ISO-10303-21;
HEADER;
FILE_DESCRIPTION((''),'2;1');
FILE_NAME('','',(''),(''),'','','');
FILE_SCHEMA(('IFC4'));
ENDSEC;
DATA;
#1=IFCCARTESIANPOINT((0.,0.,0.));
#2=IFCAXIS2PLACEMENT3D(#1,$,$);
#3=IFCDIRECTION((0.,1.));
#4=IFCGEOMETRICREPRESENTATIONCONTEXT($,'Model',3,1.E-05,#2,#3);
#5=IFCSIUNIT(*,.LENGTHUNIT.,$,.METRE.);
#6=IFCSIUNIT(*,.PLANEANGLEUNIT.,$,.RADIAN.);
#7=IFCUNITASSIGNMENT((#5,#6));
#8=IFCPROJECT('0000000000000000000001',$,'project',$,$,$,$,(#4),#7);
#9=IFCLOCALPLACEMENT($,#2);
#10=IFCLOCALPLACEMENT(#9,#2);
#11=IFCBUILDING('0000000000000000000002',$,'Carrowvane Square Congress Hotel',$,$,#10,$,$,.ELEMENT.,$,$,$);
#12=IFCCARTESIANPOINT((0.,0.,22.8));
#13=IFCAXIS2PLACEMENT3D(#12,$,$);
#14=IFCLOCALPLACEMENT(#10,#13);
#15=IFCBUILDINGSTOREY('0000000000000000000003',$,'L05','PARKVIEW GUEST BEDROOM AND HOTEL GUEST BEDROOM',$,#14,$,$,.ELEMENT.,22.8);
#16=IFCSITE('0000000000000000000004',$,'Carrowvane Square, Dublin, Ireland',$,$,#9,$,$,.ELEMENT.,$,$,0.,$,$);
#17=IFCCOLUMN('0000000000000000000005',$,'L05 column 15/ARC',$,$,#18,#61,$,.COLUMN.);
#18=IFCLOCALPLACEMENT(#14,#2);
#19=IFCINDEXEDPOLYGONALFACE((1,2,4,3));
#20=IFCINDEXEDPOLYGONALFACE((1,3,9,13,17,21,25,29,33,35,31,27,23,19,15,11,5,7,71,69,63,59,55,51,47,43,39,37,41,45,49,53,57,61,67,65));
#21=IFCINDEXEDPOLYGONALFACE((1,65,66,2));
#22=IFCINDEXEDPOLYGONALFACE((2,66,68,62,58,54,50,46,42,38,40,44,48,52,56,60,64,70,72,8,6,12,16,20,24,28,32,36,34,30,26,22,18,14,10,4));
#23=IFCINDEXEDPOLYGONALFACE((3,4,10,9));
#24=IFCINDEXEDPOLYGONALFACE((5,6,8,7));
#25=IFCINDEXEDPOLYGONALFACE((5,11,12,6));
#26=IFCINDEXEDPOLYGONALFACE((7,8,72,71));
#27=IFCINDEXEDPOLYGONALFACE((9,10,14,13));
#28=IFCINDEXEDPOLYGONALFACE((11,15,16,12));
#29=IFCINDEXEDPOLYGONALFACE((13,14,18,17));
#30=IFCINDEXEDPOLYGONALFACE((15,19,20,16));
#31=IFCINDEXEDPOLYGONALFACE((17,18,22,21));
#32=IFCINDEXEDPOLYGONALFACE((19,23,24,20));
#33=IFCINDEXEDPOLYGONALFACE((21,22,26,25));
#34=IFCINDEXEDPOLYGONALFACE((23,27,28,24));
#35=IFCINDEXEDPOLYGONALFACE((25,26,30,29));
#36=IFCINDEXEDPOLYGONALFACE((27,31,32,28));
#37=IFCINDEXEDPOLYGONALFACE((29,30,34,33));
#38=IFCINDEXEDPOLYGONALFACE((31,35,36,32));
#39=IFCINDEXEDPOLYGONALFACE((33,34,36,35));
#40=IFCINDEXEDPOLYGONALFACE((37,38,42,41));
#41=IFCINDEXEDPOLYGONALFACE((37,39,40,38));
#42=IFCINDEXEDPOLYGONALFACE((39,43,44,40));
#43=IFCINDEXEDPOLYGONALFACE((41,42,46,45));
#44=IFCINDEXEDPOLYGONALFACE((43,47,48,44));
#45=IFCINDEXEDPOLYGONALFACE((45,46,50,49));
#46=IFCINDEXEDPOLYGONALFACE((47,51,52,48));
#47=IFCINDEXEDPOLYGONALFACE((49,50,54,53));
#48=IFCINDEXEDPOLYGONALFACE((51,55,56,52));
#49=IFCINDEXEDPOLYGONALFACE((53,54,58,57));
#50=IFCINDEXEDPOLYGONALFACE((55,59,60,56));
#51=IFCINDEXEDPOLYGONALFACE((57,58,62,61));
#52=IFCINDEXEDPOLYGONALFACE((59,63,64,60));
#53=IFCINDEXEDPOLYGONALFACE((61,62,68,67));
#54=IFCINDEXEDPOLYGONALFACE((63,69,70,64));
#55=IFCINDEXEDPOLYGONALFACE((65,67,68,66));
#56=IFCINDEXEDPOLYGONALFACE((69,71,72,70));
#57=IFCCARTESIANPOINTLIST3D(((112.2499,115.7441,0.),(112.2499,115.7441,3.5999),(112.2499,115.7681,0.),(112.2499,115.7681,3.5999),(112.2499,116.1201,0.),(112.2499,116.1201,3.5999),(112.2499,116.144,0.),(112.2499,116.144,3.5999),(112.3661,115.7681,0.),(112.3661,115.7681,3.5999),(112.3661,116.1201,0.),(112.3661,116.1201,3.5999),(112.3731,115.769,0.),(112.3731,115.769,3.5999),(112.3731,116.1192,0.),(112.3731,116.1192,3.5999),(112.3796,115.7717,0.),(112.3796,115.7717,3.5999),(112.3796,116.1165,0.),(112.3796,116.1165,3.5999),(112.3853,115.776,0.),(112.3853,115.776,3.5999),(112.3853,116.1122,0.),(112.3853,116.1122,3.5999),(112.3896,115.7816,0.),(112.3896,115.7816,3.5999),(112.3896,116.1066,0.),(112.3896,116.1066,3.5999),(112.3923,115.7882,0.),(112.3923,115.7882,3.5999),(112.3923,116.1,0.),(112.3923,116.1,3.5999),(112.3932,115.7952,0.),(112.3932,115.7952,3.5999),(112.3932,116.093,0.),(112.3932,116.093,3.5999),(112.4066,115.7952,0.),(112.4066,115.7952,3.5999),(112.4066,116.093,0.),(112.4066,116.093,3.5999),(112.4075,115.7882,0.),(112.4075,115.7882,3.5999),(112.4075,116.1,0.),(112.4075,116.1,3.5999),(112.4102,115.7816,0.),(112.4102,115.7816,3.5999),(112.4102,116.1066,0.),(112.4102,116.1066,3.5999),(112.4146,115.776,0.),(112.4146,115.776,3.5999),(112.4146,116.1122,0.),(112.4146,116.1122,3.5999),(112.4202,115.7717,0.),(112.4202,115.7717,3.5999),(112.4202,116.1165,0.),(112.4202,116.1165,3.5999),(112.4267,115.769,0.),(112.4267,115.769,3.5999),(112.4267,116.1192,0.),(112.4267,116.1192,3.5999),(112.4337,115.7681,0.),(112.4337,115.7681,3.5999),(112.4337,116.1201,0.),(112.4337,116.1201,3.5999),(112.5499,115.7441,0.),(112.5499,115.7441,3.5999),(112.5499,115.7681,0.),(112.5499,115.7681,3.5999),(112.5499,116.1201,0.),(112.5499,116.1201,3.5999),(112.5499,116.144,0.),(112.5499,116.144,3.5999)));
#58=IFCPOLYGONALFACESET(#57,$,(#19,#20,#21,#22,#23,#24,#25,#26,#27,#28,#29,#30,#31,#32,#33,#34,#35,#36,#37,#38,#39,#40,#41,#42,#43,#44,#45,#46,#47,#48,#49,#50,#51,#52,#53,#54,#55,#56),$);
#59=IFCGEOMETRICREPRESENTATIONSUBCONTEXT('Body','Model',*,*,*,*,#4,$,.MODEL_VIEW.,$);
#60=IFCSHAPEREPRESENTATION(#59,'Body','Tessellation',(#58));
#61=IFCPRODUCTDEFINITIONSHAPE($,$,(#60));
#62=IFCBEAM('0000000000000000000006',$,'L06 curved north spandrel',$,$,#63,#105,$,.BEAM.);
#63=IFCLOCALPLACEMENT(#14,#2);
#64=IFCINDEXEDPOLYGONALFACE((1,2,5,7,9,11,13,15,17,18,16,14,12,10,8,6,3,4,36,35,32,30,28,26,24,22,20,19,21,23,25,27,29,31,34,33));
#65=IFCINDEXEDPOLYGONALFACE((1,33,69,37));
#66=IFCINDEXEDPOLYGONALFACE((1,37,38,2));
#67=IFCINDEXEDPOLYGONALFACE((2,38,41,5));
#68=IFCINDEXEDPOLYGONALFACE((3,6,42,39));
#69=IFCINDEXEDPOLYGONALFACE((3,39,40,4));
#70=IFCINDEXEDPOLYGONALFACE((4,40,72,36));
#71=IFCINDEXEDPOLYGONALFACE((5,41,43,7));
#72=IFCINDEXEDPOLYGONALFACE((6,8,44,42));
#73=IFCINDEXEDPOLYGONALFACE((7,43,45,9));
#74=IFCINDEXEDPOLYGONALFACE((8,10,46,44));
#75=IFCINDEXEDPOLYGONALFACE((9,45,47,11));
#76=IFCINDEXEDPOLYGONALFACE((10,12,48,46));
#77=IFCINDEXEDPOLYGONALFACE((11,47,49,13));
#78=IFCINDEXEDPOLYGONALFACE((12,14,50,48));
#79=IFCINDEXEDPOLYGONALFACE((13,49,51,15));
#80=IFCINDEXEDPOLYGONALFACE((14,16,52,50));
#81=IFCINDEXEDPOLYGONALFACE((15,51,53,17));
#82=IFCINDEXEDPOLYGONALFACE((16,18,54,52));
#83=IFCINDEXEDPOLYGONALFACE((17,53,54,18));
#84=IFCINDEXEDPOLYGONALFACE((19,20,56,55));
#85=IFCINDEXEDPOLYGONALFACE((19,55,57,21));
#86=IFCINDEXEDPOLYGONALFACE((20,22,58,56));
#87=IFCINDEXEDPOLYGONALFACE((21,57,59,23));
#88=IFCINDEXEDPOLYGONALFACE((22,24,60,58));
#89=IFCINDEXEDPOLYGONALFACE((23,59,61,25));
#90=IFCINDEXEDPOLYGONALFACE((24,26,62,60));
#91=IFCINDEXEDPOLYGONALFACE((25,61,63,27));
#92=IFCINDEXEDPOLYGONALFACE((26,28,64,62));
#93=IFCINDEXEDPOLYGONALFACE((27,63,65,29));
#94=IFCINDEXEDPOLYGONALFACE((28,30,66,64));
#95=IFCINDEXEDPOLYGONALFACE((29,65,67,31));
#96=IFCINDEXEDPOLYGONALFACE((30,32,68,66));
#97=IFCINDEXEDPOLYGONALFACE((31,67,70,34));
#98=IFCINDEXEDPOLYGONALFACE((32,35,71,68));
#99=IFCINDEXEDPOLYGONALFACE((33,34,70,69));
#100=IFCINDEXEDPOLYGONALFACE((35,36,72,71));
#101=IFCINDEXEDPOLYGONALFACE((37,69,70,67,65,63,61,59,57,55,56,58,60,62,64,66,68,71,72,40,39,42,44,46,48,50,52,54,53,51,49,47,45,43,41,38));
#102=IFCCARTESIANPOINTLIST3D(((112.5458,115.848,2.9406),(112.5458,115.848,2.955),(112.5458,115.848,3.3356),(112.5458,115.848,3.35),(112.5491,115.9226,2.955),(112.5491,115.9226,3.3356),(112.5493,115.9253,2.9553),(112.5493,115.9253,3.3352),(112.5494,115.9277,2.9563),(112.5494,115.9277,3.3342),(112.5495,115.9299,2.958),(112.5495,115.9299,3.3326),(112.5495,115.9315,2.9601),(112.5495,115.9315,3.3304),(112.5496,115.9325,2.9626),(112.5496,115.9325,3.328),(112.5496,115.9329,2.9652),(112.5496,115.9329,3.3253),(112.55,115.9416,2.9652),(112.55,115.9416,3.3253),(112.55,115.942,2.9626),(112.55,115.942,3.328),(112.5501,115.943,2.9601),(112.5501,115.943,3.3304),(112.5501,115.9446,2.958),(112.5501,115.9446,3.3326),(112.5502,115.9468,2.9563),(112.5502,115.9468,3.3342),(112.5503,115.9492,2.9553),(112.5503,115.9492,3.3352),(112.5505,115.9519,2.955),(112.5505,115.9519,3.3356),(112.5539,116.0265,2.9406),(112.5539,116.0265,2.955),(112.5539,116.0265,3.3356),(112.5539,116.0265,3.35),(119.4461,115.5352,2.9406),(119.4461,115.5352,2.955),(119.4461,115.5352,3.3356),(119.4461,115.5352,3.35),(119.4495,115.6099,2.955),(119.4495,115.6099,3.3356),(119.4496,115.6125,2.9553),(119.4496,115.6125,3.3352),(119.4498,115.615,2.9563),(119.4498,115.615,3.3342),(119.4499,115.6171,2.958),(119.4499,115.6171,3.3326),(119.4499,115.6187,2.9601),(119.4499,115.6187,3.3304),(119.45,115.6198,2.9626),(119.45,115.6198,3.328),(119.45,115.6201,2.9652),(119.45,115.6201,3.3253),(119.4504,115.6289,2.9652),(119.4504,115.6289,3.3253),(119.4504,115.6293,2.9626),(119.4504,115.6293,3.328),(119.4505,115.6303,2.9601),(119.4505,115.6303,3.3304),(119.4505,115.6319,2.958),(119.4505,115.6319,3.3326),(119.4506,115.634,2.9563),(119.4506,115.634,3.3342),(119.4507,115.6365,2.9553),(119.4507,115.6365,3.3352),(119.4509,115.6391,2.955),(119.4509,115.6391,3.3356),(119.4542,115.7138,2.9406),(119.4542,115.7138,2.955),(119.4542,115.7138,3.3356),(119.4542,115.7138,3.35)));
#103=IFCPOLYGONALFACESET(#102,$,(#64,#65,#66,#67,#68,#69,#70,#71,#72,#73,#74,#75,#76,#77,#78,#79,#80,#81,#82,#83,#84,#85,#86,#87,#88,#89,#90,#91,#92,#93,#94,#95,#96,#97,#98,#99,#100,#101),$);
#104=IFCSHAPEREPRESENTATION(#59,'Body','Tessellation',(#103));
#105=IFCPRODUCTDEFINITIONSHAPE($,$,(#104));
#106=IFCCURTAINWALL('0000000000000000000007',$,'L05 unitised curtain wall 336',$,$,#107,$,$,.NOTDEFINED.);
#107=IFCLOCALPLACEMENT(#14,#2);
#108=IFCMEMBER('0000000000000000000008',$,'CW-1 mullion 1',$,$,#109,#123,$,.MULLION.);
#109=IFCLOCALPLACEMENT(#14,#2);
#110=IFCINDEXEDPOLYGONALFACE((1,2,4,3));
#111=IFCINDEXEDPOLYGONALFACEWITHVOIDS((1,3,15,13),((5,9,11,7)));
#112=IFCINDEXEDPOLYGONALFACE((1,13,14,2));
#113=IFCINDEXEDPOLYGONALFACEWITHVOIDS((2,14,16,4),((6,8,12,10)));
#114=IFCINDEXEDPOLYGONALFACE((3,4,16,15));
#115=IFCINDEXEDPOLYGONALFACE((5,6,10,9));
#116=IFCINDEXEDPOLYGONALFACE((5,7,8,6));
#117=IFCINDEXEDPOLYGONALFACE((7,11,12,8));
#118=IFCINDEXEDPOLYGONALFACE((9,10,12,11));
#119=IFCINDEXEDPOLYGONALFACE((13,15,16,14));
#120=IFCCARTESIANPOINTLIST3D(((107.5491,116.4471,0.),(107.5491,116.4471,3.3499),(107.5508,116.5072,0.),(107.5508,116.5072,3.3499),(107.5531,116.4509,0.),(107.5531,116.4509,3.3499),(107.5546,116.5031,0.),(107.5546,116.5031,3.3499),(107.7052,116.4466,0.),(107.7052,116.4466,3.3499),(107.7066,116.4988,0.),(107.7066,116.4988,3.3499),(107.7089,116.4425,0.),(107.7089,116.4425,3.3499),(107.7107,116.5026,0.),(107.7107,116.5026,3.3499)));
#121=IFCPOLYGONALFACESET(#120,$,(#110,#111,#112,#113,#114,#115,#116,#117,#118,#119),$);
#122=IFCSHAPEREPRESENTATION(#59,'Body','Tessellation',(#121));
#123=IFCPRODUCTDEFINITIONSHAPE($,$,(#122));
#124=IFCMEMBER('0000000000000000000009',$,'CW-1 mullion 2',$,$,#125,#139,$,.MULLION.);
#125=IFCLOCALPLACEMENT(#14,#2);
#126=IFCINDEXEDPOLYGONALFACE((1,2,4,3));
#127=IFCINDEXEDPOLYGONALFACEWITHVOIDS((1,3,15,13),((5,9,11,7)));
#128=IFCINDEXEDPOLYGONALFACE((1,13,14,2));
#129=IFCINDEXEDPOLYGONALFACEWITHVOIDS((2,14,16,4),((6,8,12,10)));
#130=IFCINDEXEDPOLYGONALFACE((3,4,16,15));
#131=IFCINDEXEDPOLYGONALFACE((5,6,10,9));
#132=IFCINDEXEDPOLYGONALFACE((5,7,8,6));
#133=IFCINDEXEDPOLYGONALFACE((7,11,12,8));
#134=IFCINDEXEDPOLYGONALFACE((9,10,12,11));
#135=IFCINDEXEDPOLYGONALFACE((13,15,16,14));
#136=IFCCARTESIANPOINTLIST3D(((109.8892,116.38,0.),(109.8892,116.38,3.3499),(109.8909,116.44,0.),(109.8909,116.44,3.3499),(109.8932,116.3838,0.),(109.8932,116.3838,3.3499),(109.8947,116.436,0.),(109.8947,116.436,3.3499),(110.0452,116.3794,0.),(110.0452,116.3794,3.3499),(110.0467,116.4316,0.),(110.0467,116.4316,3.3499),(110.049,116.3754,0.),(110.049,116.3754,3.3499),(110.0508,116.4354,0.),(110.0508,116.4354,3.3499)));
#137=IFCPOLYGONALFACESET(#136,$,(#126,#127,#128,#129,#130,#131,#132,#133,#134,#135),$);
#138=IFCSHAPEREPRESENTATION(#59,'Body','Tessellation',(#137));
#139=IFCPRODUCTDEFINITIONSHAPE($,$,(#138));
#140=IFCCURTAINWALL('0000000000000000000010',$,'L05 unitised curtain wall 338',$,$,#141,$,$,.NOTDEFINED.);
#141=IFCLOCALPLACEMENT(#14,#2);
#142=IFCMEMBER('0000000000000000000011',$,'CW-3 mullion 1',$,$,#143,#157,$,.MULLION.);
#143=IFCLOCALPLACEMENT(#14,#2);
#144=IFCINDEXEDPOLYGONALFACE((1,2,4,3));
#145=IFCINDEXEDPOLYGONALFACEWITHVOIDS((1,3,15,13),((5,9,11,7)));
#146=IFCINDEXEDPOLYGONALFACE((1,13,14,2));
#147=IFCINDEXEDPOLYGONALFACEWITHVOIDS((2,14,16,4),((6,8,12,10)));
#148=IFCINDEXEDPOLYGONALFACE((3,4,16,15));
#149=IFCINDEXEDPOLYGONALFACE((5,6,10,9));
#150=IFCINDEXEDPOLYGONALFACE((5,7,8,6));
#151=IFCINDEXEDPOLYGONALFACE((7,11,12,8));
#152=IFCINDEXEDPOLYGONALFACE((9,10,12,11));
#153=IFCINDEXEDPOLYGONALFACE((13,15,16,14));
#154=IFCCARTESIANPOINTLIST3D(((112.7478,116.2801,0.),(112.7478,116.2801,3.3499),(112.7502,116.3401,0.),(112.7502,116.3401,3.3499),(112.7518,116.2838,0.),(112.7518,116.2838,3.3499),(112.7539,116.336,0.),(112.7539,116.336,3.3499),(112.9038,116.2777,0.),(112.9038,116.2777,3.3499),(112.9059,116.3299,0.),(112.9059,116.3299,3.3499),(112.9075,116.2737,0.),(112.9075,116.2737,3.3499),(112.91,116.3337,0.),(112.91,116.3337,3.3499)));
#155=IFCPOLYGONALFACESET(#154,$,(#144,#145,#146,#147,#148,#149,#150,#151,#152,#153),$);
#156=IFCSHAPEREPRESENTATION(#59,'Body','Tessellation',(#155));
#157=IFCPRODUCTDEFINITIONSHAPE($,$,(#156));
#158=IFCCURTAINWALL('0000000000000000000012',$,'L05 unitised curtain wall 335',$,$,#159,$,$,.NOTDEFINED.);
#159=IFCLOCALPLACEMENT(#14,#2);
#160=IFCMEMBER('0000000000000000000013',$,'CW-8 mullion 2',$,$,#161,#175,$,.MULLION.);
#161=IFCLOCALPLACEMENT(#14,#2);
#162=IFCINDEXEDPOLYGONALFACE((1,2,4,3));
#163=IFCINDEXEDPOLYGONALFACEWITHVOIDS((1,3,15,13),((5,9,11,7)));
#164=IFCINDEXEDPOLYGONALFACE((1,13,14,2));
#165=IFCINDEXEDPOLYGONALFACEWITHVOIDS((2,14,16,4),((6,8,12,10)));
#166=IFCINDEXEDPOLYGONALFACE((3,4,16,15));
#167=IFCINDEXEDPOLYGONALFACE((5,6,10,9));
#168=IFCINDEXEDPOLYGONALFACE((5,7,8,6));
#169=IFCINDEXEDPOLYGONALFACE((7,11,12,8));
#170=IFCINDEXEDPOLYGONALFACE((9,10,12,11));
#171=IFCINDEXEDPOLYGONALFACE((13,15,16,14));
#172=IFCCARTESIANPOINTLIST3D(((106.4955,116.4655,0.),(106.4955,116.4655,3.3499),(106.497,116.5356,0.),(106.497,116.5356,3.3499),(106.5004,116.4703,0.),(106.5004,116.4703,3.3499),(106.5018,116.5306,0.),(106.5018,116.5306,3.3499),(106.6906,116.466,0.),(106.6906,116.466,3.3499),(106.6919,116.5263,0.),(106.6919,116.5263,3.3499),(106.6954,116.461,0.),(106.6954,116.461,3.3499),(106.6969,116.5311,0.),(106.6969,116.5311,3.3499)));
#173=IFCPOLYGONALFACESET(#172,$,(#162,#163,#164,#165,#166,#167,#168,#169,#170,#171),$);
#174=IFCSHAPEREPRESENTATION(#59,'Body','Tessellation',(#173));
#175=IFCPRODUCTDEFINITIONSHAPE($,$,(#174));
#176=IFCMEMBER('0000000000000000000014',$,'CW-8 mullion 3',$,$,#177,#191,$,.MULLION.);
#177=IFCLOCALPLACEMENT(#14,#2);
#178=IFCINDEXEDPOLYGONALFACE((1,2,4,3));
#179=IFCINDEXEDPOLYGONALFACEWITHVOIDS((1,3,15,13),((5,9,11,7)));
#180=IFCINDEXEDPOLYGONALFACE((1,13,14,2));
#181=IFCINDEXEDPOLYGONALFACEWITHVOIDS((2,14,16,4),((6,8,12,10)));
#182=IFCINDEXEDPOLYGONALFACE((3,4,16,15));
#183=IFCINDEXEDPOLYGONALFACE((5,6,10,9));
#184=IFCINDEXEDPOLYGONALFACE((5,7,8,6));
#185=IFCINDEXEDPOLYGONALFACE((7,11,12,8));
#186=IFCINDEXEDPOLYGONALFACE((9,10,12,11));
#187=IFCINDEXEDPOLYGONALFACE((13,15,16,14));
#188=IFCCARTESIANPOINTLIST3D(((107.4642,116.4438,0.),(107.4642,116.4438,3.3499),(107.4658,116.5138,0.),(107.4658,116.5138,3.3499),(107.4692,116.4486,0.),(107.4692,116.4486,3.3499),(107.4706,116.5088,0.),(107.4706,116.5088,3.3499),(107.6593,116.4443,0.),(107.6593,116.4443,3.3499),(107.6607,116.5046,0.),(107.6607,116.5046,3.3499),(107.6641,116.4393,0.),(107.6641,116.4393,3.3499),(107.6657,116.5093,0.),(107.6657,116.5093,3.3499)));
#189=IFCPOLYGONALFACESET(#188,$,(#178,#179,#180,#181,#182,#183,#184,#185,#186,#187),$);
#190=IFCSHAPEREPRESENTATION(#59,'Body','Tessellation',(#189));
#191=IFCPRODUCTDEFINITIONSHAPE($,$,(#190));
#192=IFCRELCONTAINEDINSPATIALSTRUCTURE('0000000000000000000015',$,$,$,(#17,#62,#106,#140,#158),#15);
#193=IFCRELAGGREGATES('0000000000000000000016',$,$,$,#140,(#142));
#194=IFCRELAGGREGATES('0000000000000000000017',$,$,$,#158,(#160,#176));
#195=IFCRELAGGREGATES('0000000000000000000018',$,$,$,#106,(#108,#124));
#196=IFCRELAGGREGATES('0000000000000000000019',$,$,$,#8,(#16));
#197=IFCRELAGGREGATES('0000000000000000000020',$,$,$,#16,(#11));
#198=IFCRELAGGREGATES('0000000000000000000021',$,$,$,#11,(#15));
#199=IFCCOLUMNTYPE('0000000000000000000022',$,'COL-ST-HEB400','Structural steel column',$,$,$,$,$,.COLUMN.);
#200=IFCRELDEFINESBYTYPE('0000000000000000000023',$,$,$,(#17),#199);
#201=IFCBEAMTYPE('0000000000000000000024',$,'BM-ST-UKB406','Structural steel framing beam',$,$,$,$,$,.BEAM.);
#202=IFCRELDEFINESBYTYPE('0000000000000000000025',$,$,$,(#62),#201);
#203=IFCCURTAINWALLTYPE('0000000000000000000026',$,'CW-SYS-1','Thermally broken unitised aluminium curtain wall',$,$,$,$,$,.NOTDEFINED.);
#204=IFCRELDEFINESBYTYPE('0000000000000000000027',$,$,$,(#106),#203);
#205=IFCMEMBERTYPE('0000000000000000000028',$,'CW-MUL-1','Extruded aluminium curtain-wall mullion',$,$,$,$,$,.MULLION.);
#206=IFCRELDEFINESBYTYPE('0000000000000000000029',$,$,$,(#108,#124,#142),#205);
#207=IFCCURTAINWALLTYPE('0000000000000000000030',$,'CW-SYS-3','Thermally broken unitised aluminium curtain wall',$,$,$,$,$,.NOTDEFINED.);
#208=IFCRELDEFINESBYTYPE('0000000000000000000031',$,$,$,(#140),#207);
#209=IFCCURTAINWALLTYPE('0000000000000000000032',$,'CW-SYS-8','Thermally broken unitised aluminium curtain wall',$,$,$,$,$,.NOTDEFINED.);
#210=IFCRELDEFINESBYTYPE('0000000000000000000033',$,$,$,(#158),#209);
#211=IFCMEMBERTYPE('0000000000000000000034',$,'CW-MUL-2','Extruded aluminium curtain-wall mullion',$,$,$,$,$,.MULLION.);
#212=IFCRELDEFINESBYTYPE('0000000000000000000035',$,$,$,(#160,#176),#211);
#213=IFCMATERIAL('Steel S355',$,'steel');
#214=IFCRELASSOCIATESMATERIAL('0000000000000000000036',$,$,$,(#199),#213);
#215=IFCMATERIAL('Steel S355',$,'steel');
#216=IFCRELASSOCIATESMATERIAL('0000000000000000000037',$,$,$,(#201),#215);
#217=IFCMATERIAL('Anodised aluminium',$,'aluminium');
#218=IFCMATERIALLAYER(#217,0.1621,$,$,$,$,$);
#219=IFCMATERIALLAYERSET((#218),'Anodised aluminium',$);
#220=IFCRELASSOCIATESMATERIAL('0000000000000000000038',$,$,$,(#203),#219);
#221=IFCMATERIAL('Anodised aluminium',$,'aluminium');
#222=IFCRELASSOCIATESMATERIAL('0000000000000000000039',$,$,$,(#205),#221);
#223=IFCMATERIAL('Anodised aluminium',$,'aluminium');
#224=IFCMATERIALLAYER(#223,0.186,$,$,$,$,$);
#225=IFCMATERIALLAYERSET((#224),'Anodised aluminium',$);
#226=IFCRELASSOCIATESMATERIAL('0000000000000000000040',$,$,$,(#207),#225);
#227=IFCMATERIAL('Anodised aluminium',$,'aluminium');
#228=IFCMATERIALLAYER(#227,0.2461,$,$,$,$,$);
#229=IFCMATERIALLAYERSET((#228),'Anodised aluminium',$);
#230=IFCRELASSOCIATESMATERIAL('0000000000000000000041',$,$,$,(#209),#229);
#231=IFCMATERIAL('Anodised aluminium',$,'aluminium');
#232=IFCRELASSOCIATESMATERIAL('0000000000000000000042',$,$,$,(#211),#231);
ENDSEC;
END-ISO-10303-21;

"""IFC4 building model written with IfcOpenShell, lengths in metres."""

from ifc_helpers import new_model, si_unit, direction, frame, origin, origin_2d, place, context, subcontext, project, spatial, hollow_rectangle, i_section, extrude, material, layer, layer_set, material_profile, profile_set, type_object, element, aggregate, save


model = new_model("IFC4")

# Units and contexts
model_context = context("Model", 3, precision=1e-05, world=origin(), true_north=direction((0.0, 1.0)))
body_context = subcontext(model_context, "Body", "Model", "MODEL_VIEW")
ifc_project = project(units=[si_unit("LENGTHUNIT", "METRE"), si_unit("PLANEANGLEUNIT", "RADIAN")], contexts=[model_context])

# Site, building, storey
site_placement = place(None, origin())
site = spatial("IfcSite", under=ifc_project, at=site_placement, Name="Carrowvane Square, Dublin, Ireland", CompositionType="ELEMENT", RefElevation=0.0)
building_placement = place(site_placement, origin())
building = spatial("IfcBuilding", under=site, at=building_placement, Name="Carrowvane Square Congress Hotel", CompositionType="ELEMENT")
storey_placement = place(building_placement, frame((0.0, 0.0, 22.8)))
storey = spatial("IfcBuildingStorey", under=building, at=storey_placement, Name="L05", Description="PARKVIEW GUEST BEDROOM AND HOTEL GUEST BEDROOM", CompositionType="ELEMENT", Elevation=22.8)

# Column
ifc_material_1 = material(Name="Steel S355", Category="steel")
ifc_material_profile_1 = material_profile(ifc_material_1, i_section(OverallWidth=0.3, OverallDepth=0.3999, WebThickness=0.0134, FlangeThickness=0.0239, FilletRadius=0.0271, at=origin_2d()), Name="HEB 400")
ifc_profile_set_1 = profile_set([ifc_material_profile_1], Name="Steel S355")
column_type = type_object("IfcColumnType", Name="COL-ST-HEB400", Description="Structural steel column", PredefinedType="COLUMN", material=ifc_profile_set_1)
column_placement = place(storey_placement, frame((112.3999, 115.9441, 0.0), z_axis=(0.0, 0.0, 1.0), x_axis=(1.0, 0.0, 0.0)))
element("IfcColumn", 1, at=column_placement, inside=storey, type_object=column_type, Name="L05 column 15/ARC", PredefinedType="COLUMN", context=body_context, shape_type="SweptSolid", body=[
    extrude(i_section(OverallWidth=0.3, OverallDepth=0.3999, WebThickness=0.0134, FlangeThickness=0.0239, FilletRadius=0.0271, at=origin_2d()), origin(), (0.0, 0.0, 1.0), 3.5999),
])

# Beam
ifc_material_2 = material(Name="Steel S355", Category="steel")
ifc_material_profile_2 = material_profile(ifc_material_2, i_section(OverallWidth=0.1787, OverallDepth=0.4094, WebThickness=0.0088, FlangeThickness=0.0144, FilletRadius=0.0103, at=origin_2d()), Name="UKB 406x178x67")
ifc_profile_set_2 = profile_set([ifc_material_profile_2], Name="Steel S355")
beam_type = type_object("IfcBeamType", Name="BM-ST-UKB406", Description="Structural steel framing beam", PredefinedType="BEAM", material=ifc_profile_set_2)
beam_placement = place(storey_placement, frame((112.5498, 115.9373, 3.1453), z_axis=(0.998975, -0.045276, 0.0), x_axis=(0.045276, 0.998975, 0.0)))
element("IfcBeam", 2, at=beam_placement, inside=storey, type_object=beam_type, Name="L06 curved north spandrel", PredefinedType="BEAM", context=body_context, shape_type="SweptSolid", body=[
    extrude(i_section(OverallWidth=0.1787, OverallDepth=0.4094, WebThickness=0.0088, FlangeThickness=0.0144, FilletRadius=0.0103, at=origin_2d()), origin(), (0.0, 0.0, 1.0), 6.9075),
])

# Curtain wall, members
ifc_material_3 = material(Name="Anodised aluminium", Category="aluminium")
ifc_layer_1 = layer(ifc_material_3, 0.1621)
ifc_layer_set_1 = layer_set([ifc_layer_1], Name="Anodised aluminium")
curtain_wall_type_1 = type_object("IfcCurtainWallType", Name="CW-SYS-1", Description="Thermally broken unitised aluminium curtain wall", PredefinedType="NOTDEFINED", material=ifc_layer_set_1)
curtain_wall_1_placement = place(storey_placement, origin())
curtain_wall_1 = element("IfcCurtainWall", 3, at=curtain_wall_1_placement, inside=storey, type_object=curtain_wall_type_1, Name="L05 unitised curtain wall 336", PredefinedType="NOTDEFINED")
ifc_material_4 = material(Name="Anodised aluminium", Category="aluminium")
ifc_material_profile_3 = material_profile(ifc_material_4, hollow_rectangle(XDim=0.0601, YDim=0.1599, WallThickness=0.0039, at=origin_2d()), Name="CW-ML 60x160x4")
ifc_profile_set_3 = profile_set([ifc_material_profile_3], Name="Anodised aluminium")
member_type_1 = type_object("IfcMemberType", Name="CW-MUL-1", Description="Extruded aluminium curtain-wall mullion", PredefinedType="MULLION", material=ifc_profile_set_3)
member_1_placement = place(storey_placement, frame((107.6299, 116.4749, 0.0), z_axis=(0.0, 0.0, 1.0), x_axis=(0.028638, 0.99959, 0.0)))
member_1 = element("IfcMember", 4, at=member_1_placement, type_object=member_type_1, Name="CW-1 mullion 1", PredefinedType="MULLION", context=body_context, shape_type="SweptSolid", body=[
    extrude(hollow_rectangle(XDim=0.0601, YDim=0.1599, WallThickness=0.0039, at=origin_2d()), origin(), (0.0, 0.0, 1.0), 3.3499),
])
member_2_placement = place(storey_placement, frame((109.97, 116.4077, 0.0), z_axis=(0.0, 0.0, 1.0), x_axis=(0.028638, 0.99959, 0.0)))
member_2 = element("IfcMember", 5, at=member_2_placement, type_object=member_type_1, Name="CW-1 mullion 2", PredefinedType="MULLION", context=body_context, shape_type="SweptSolid", body=[
    extrude(hollow_rectangle(XDim=0.0601, YDim=0.1599, WallThickness=0.0039, at=origin_2d()), origin(), (0.0, 0.0, 1.0), 3.3499),
])

# Curtain wall, member
ifc_material_5 = material(Name="Anodised aluminium", Category="aluminium")
ifc_layer_2 = layer(ifc_material_5, 0.186)
ifc_layer_set_2 = layer_set([ifc_layer_2], Name="Anodised aluminium")
curtain_wall_type_2 = type_object("IfcCurtainWallType", Name="CW-SYS-3", Description="Thermally broken unitised aluminium curtain wall", PredefinedType="NOTDEFINED", material=ifc_layer_set_2)
curtain_wall_2_placement = place(storey_placement, origin())
curtain_wall_2 = element("IfcCurtainWall", 6, at=curtain_wall_2_placement, inside=storey, type_object=curtain_wall_type_2, Name="L05 unitised curtain wall 338", PredefinedType="NOTDEFINED")
member_3_placement = place(storey_placement, frame((112.8289, 116.3069, 0.0), z_axis=(0.0, 0.0, 1.0), x_axis=(0.040131, 0.999194, 0.0)))
member_3 = element("IfcMember", 7, at=member_3_placement, type_object=member_type_1, Name="CW-3 mullion 1", PredefinedType="MULLION", context=body_context, shape_type="SweptSolid", body=[
    extrude(hollow_rectangle(XDim=0.0601, YDim=0.1599, WallThickness=0.0039, at=origin_2d()), origin(), (0.0, 0.0, 1.0), 3.3499),
])

# Curtain wall, members
ifc_material_6 = material(Name="Anodised aluminium", Category="aluminium")
ifc_layer_3 = layer(ifc_material_6, 0.2461)
ifc_layer_set_3 = layer_set([ifc_layer_3], Name="Anodised aluminium")
curtain_wall_type_3 = type_object("IfcCurtainWallType", Name="CW-SYS-8", Description="Thermally broken unitised aluminium curtain wall", PredefinedType="NOTDEFINED", material=ifc_layer_set_3)
curtain_wall_3_placement = place(storey_placement, origin())
curtain_wall_3 = element("IfcCurtainWall", 8, at=curtain_wall_3_placement, inside=storey, type_object=curtain_wall_type_3, Name="L05 unitised curtain wall 335", PredefinedType="NOTDEFINED")
ifc_material_7 = material(Name="Anodised aluminium", Category="aluminium")
ifc_material_profile_4 = material_profile(ifc_material_7, hollow_rectangle(XDim=0.0701, YDim=0.2, WallThickness=0.0049, at=origin_2d()), Name="CW-ML 70x200x5")
ifc_profile_set_4 = profile_set([ifc_material_profile_4], Name="Anodised aluminium")
member_type_2 = type_object("IfcMemberType", Name="CW-MUL-2", Description="Extruded aluminium curtain-wall mullion", PredefinedType="MULLION", material=ifc_profile_set_4)
member_4_placement = place(storey_placement, frame((106.5962, 116.4983, 0.0), z_axis=(0.0, 0.0, 1.0), x_axis=(0.022518, 0.999746, 0.0)))
member_4 = element("IfcMember", 9, at=member_4_placement, type_object=member_type_2, Name="CW-8 mullion 2", PredefinedType="MULLION", context=body_context, shape_type="SweptSolid", body=[
    extrude(hollow_rectangle(XDim=0.0701, YDim=0.2, WallThickness=0.0049, at=origin_2d()), origin(), (0.0, 0.0, 1.0), 3.3499),
])
member_5_placement = place(storey_placement, frame((107.5649, 116.4766, 0.0), z_axis=(0.0, 0.0, 1.0), x_axis=(0.022518, 0.999746, 0.0)))
member_5 = element("IfcMember", 10, at=member_5_placement, type_object=member_type_2, Name="CW-8 mullion 3", PredefinedType="MULLION", context=body_context, shape_type="SweptSolid", body=[
    extrude(hollow_rectangle(XDim=0.0701, YDim=0.2, WallThickness=0.0049, at=origin_2d()), origin(), (0.0, 0.0, 1.0), 3.3499),
])

aggregate(curtain_wall_2, [member_3])

aggregate(curtain_wall_3, [member_4, member_5])
aggregate(curtain_wall_1, [member_1, member_2])

save(model, "model.ifc")
